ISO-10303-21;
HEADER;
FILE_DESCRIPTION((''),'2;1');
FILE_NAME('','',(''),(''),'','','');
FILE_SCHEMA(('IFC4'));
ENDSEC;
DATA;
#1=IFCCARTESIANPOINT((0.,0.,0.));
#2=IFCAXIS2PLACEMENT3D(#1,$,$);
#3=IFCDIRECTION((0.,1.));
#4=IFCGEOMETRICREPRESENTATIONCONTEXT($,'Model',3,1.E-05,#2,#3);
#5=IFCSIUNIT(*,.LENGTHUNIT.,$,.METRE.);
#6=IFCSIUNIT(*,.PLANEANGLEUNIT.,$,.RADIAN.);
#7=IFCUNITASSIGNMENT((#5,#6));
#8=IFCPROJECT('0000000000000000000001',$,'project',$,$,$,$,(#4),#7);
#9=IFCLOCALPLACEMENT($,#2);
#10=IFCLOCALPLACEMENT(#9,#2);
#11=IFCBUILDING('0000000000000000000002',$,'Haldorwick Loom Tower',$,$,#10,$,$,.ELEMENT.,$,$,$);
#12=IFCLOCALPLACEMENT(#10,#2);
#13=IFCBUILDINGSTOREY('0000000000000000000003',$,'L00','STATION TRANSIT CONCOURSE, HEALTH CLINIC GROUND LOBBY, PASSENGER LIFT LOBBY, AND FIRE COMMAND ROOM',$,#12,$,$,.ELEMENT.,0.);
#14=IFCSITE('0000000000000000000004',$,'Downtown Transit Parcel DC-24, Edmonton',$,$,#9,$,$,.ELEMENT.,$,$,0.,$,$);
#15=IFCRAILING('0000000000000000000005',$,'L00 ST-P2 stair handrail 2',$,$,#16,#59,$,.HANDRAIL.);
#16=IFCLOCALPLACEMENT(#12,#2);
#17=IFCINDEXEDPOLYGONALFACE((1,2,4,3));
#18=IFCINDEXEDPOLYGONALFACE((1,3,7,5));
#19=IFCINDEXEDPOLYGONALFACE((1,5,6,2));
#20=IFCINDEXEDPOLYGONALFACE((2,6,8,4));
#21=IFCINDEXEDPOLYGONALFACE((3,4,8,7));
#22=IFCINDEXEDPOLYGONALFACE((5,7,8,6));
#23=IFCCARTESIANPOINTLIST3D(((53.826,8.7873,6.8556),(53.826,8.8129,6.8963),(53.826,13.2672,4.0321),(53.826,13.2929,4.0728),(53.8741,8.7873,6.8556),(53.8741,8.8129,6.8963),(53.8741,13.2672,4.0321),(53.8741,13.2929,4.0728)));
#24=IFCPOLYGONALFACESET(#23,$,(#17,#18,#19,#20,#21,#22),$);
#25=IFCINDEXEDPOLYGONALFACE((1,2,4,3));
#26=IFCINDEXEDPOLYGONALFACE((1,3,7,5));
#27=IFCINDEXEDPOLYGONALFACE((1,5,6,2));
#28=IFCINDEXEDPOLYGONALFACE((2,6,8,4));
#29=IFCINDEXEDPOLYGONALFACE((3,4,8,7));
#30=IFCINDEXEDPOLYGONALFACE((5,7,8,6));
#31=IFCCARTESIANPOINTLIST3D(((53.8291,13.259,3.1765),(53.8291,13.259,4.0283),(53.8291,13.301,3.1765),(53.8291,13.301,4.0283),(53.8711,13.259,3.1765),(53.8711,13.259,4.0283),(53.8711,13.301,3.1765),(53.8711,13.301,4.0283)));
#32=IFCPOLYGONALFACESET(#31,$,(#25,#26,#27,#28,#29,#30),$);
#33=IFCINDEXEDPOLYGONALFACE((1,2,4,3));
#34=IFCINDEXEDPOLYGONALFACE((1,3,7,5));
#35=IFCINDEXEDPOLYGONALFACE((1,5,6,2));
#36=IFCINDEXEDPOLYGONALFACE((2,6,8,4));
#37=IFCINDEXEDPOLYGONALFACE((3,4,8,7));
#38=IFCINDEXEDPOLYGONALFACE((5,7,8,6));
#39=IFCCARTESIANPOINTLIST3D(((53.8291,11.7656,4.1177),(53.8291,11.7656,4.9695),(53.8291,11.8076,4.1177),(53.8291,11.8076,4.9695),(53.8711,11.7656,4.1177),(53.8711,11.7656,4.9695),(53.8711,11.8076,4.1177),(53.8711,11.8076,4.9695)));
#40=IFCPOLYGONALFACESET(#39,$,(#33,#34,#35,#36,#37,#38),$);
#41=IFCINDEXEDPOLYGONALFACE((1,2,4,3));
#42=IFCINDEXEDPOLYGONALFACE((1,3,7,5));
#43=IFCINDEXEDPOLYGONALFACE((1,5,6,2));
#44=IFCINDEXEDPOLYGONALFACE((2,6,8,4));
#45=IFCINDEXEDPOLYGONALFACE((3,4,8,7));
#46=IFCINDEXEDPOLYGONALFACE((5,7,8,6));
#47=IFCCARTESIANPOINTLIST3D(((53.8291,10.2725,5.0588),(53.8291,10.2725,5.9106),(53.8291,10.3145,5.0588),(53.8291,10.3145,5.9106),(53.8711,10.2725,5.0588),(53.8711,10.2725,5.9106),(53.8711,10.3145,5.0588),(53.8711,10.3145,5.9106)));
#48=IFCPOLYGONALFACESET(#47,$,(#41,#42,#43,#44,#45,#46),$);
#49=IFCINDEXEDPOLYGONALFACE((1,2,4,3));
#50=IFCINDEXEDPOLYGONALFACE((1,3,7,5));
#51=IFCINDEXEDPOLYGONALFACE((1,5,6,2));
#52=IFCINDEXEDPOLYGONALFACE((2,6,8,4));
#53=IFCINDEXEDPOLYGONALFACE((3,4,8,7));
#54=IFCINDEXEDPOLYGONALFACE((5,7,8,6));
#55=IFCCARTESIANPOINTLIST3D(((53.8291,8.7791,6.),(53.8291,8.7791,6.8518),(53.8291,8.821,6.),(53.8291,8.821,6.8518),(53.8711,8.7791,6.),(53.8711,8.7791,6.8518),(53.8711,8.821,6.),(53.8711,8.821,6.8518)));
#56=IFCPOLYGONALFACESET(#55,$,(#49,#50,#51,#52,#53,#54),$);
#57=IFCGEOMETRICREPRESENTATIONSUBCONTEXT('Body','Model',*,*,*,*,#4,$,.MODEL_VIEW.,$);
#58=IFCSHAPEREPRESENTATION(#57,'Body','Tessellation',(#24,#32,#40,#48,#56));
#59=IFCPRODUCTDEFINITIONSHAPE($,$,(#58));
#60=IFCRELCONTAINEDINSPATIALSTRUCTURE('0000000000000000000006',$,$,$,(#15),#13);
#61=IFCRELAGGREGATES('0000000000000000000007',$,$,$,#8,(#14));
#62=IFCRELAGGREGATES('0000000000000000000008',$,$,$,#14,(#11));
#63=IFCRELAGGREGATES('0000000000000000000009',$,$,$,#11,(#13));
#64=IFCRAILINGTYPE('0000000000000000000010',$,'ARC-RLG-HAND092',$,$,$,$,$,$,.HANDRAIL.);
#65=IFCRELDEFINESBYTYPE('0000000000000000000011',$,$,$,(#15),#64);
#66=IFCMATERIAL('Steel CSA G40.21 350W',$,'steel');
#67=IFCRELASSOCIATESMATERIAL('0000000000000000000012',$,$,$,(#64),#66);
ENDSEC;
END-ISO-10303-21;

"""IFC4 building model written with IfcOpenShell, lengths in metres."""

from ifc_helpers import new_model, si_unit, direction, frame, origin, origin_2d, place, context, subcontext, project, spatial, rectangle, extrude, material, type_object, element, save


model = new_model("IFC4")

# Units and contexts
model_context = context("Model", 3, precision=1e-05, world=origin(), true_north=direction((0.0, 1.0)))
body_context = subcontext(model_context, "Body", "Model", "MODEL_VIEW")
ifc_project = project(units=[si_unit("LENGTHUNIT", "METRE"), si_unit("PLANEANGLEUNIT", "RADIAN")], contexts=[model_context])

# Site, building, storey
site_placement = place(None, origin())
site = spatial("IfcSite", under=ifc_project, at=site_placement, Name="Downtown Transit Parcel DC-24, Edmonton", CompositionType="ELEMENT", RefElevation=0.0)
building_placement = place(site_placement, origin())
building = spatial("IfcBuilding", under=site, at=building_placement, Name="Haldorwick Loom Tower", CompositionType="ELEMENT")
storey_placement = place(building_placement, origin())
storey = spatial("IfcBuildingStorey", under=building, at=storey_placement, Name="L00", Description="STATION TRANSIT CONCOURSE, HEALTH CLINIC GROUND LOBBY, PASSENGER LIFT LOBBY, AND FIRE COMMAND ROOM", CompositionType="ELEMENT", Elevation=0.0)

# Shared definitions
ifc_material_1 = material(Name="Steel CSA G40.21 350W", Category="steel")

# Railing
railing_type_1 = type_object("IfcRailingType", Name="ARC-RLG-HAND092", PredefinedType="HANDRAIL", material=ifc_material_1)
railing_1_placement = place(storey_placement, frame((53.8501, 13.28, 3.1765)))
element("IfcRailing", 1, at=railing_1_placement, inside=storey, type_object=railing_type_1, Name="L00 ST-P2 stair handrail 2", PredefinedType="HANDRAIL", context=body_context, shape_type="SweptSolid", body=[
    extrude(rectangle(XDim=0.0481, YDim=0.0481, at=origin_2d()), frame((0.0, 0.0, 0.876), z_axis=(0.0, -0.845998, 0.533186), x_axis=(1.0, 0.0, 0.0)), (0.0, 0.0, 1.0), 5.2954),
    extrude(rectangle(XDim=0.042, YDim=0.042, at=origin_2d()), origin(), (0.0, 0.0, 1.0), 0.8518),
    extrude(rectangle(XDim=0.042, YDim=0.042, at=origin_2d()), frame((0.0, -1.4934, 0.9412)), (0.0, 0.0, 1.0), 0.8518),
    extrude(rectangle(XDim=0.042, YDim=0.042, at=origin_2d()), frame((0.0, -2.9866, 1.8823)), (0.0, 0.0, 1.0), 0.8518),
    extrude(rectangle(XDim=0.042, YDim=0.042, at=origin_2d()), frame((0.0, -4.48, 2.8235)), (0.0, 0.0, 1.0), 0.8518),
])

save(model, "model.ifc")
